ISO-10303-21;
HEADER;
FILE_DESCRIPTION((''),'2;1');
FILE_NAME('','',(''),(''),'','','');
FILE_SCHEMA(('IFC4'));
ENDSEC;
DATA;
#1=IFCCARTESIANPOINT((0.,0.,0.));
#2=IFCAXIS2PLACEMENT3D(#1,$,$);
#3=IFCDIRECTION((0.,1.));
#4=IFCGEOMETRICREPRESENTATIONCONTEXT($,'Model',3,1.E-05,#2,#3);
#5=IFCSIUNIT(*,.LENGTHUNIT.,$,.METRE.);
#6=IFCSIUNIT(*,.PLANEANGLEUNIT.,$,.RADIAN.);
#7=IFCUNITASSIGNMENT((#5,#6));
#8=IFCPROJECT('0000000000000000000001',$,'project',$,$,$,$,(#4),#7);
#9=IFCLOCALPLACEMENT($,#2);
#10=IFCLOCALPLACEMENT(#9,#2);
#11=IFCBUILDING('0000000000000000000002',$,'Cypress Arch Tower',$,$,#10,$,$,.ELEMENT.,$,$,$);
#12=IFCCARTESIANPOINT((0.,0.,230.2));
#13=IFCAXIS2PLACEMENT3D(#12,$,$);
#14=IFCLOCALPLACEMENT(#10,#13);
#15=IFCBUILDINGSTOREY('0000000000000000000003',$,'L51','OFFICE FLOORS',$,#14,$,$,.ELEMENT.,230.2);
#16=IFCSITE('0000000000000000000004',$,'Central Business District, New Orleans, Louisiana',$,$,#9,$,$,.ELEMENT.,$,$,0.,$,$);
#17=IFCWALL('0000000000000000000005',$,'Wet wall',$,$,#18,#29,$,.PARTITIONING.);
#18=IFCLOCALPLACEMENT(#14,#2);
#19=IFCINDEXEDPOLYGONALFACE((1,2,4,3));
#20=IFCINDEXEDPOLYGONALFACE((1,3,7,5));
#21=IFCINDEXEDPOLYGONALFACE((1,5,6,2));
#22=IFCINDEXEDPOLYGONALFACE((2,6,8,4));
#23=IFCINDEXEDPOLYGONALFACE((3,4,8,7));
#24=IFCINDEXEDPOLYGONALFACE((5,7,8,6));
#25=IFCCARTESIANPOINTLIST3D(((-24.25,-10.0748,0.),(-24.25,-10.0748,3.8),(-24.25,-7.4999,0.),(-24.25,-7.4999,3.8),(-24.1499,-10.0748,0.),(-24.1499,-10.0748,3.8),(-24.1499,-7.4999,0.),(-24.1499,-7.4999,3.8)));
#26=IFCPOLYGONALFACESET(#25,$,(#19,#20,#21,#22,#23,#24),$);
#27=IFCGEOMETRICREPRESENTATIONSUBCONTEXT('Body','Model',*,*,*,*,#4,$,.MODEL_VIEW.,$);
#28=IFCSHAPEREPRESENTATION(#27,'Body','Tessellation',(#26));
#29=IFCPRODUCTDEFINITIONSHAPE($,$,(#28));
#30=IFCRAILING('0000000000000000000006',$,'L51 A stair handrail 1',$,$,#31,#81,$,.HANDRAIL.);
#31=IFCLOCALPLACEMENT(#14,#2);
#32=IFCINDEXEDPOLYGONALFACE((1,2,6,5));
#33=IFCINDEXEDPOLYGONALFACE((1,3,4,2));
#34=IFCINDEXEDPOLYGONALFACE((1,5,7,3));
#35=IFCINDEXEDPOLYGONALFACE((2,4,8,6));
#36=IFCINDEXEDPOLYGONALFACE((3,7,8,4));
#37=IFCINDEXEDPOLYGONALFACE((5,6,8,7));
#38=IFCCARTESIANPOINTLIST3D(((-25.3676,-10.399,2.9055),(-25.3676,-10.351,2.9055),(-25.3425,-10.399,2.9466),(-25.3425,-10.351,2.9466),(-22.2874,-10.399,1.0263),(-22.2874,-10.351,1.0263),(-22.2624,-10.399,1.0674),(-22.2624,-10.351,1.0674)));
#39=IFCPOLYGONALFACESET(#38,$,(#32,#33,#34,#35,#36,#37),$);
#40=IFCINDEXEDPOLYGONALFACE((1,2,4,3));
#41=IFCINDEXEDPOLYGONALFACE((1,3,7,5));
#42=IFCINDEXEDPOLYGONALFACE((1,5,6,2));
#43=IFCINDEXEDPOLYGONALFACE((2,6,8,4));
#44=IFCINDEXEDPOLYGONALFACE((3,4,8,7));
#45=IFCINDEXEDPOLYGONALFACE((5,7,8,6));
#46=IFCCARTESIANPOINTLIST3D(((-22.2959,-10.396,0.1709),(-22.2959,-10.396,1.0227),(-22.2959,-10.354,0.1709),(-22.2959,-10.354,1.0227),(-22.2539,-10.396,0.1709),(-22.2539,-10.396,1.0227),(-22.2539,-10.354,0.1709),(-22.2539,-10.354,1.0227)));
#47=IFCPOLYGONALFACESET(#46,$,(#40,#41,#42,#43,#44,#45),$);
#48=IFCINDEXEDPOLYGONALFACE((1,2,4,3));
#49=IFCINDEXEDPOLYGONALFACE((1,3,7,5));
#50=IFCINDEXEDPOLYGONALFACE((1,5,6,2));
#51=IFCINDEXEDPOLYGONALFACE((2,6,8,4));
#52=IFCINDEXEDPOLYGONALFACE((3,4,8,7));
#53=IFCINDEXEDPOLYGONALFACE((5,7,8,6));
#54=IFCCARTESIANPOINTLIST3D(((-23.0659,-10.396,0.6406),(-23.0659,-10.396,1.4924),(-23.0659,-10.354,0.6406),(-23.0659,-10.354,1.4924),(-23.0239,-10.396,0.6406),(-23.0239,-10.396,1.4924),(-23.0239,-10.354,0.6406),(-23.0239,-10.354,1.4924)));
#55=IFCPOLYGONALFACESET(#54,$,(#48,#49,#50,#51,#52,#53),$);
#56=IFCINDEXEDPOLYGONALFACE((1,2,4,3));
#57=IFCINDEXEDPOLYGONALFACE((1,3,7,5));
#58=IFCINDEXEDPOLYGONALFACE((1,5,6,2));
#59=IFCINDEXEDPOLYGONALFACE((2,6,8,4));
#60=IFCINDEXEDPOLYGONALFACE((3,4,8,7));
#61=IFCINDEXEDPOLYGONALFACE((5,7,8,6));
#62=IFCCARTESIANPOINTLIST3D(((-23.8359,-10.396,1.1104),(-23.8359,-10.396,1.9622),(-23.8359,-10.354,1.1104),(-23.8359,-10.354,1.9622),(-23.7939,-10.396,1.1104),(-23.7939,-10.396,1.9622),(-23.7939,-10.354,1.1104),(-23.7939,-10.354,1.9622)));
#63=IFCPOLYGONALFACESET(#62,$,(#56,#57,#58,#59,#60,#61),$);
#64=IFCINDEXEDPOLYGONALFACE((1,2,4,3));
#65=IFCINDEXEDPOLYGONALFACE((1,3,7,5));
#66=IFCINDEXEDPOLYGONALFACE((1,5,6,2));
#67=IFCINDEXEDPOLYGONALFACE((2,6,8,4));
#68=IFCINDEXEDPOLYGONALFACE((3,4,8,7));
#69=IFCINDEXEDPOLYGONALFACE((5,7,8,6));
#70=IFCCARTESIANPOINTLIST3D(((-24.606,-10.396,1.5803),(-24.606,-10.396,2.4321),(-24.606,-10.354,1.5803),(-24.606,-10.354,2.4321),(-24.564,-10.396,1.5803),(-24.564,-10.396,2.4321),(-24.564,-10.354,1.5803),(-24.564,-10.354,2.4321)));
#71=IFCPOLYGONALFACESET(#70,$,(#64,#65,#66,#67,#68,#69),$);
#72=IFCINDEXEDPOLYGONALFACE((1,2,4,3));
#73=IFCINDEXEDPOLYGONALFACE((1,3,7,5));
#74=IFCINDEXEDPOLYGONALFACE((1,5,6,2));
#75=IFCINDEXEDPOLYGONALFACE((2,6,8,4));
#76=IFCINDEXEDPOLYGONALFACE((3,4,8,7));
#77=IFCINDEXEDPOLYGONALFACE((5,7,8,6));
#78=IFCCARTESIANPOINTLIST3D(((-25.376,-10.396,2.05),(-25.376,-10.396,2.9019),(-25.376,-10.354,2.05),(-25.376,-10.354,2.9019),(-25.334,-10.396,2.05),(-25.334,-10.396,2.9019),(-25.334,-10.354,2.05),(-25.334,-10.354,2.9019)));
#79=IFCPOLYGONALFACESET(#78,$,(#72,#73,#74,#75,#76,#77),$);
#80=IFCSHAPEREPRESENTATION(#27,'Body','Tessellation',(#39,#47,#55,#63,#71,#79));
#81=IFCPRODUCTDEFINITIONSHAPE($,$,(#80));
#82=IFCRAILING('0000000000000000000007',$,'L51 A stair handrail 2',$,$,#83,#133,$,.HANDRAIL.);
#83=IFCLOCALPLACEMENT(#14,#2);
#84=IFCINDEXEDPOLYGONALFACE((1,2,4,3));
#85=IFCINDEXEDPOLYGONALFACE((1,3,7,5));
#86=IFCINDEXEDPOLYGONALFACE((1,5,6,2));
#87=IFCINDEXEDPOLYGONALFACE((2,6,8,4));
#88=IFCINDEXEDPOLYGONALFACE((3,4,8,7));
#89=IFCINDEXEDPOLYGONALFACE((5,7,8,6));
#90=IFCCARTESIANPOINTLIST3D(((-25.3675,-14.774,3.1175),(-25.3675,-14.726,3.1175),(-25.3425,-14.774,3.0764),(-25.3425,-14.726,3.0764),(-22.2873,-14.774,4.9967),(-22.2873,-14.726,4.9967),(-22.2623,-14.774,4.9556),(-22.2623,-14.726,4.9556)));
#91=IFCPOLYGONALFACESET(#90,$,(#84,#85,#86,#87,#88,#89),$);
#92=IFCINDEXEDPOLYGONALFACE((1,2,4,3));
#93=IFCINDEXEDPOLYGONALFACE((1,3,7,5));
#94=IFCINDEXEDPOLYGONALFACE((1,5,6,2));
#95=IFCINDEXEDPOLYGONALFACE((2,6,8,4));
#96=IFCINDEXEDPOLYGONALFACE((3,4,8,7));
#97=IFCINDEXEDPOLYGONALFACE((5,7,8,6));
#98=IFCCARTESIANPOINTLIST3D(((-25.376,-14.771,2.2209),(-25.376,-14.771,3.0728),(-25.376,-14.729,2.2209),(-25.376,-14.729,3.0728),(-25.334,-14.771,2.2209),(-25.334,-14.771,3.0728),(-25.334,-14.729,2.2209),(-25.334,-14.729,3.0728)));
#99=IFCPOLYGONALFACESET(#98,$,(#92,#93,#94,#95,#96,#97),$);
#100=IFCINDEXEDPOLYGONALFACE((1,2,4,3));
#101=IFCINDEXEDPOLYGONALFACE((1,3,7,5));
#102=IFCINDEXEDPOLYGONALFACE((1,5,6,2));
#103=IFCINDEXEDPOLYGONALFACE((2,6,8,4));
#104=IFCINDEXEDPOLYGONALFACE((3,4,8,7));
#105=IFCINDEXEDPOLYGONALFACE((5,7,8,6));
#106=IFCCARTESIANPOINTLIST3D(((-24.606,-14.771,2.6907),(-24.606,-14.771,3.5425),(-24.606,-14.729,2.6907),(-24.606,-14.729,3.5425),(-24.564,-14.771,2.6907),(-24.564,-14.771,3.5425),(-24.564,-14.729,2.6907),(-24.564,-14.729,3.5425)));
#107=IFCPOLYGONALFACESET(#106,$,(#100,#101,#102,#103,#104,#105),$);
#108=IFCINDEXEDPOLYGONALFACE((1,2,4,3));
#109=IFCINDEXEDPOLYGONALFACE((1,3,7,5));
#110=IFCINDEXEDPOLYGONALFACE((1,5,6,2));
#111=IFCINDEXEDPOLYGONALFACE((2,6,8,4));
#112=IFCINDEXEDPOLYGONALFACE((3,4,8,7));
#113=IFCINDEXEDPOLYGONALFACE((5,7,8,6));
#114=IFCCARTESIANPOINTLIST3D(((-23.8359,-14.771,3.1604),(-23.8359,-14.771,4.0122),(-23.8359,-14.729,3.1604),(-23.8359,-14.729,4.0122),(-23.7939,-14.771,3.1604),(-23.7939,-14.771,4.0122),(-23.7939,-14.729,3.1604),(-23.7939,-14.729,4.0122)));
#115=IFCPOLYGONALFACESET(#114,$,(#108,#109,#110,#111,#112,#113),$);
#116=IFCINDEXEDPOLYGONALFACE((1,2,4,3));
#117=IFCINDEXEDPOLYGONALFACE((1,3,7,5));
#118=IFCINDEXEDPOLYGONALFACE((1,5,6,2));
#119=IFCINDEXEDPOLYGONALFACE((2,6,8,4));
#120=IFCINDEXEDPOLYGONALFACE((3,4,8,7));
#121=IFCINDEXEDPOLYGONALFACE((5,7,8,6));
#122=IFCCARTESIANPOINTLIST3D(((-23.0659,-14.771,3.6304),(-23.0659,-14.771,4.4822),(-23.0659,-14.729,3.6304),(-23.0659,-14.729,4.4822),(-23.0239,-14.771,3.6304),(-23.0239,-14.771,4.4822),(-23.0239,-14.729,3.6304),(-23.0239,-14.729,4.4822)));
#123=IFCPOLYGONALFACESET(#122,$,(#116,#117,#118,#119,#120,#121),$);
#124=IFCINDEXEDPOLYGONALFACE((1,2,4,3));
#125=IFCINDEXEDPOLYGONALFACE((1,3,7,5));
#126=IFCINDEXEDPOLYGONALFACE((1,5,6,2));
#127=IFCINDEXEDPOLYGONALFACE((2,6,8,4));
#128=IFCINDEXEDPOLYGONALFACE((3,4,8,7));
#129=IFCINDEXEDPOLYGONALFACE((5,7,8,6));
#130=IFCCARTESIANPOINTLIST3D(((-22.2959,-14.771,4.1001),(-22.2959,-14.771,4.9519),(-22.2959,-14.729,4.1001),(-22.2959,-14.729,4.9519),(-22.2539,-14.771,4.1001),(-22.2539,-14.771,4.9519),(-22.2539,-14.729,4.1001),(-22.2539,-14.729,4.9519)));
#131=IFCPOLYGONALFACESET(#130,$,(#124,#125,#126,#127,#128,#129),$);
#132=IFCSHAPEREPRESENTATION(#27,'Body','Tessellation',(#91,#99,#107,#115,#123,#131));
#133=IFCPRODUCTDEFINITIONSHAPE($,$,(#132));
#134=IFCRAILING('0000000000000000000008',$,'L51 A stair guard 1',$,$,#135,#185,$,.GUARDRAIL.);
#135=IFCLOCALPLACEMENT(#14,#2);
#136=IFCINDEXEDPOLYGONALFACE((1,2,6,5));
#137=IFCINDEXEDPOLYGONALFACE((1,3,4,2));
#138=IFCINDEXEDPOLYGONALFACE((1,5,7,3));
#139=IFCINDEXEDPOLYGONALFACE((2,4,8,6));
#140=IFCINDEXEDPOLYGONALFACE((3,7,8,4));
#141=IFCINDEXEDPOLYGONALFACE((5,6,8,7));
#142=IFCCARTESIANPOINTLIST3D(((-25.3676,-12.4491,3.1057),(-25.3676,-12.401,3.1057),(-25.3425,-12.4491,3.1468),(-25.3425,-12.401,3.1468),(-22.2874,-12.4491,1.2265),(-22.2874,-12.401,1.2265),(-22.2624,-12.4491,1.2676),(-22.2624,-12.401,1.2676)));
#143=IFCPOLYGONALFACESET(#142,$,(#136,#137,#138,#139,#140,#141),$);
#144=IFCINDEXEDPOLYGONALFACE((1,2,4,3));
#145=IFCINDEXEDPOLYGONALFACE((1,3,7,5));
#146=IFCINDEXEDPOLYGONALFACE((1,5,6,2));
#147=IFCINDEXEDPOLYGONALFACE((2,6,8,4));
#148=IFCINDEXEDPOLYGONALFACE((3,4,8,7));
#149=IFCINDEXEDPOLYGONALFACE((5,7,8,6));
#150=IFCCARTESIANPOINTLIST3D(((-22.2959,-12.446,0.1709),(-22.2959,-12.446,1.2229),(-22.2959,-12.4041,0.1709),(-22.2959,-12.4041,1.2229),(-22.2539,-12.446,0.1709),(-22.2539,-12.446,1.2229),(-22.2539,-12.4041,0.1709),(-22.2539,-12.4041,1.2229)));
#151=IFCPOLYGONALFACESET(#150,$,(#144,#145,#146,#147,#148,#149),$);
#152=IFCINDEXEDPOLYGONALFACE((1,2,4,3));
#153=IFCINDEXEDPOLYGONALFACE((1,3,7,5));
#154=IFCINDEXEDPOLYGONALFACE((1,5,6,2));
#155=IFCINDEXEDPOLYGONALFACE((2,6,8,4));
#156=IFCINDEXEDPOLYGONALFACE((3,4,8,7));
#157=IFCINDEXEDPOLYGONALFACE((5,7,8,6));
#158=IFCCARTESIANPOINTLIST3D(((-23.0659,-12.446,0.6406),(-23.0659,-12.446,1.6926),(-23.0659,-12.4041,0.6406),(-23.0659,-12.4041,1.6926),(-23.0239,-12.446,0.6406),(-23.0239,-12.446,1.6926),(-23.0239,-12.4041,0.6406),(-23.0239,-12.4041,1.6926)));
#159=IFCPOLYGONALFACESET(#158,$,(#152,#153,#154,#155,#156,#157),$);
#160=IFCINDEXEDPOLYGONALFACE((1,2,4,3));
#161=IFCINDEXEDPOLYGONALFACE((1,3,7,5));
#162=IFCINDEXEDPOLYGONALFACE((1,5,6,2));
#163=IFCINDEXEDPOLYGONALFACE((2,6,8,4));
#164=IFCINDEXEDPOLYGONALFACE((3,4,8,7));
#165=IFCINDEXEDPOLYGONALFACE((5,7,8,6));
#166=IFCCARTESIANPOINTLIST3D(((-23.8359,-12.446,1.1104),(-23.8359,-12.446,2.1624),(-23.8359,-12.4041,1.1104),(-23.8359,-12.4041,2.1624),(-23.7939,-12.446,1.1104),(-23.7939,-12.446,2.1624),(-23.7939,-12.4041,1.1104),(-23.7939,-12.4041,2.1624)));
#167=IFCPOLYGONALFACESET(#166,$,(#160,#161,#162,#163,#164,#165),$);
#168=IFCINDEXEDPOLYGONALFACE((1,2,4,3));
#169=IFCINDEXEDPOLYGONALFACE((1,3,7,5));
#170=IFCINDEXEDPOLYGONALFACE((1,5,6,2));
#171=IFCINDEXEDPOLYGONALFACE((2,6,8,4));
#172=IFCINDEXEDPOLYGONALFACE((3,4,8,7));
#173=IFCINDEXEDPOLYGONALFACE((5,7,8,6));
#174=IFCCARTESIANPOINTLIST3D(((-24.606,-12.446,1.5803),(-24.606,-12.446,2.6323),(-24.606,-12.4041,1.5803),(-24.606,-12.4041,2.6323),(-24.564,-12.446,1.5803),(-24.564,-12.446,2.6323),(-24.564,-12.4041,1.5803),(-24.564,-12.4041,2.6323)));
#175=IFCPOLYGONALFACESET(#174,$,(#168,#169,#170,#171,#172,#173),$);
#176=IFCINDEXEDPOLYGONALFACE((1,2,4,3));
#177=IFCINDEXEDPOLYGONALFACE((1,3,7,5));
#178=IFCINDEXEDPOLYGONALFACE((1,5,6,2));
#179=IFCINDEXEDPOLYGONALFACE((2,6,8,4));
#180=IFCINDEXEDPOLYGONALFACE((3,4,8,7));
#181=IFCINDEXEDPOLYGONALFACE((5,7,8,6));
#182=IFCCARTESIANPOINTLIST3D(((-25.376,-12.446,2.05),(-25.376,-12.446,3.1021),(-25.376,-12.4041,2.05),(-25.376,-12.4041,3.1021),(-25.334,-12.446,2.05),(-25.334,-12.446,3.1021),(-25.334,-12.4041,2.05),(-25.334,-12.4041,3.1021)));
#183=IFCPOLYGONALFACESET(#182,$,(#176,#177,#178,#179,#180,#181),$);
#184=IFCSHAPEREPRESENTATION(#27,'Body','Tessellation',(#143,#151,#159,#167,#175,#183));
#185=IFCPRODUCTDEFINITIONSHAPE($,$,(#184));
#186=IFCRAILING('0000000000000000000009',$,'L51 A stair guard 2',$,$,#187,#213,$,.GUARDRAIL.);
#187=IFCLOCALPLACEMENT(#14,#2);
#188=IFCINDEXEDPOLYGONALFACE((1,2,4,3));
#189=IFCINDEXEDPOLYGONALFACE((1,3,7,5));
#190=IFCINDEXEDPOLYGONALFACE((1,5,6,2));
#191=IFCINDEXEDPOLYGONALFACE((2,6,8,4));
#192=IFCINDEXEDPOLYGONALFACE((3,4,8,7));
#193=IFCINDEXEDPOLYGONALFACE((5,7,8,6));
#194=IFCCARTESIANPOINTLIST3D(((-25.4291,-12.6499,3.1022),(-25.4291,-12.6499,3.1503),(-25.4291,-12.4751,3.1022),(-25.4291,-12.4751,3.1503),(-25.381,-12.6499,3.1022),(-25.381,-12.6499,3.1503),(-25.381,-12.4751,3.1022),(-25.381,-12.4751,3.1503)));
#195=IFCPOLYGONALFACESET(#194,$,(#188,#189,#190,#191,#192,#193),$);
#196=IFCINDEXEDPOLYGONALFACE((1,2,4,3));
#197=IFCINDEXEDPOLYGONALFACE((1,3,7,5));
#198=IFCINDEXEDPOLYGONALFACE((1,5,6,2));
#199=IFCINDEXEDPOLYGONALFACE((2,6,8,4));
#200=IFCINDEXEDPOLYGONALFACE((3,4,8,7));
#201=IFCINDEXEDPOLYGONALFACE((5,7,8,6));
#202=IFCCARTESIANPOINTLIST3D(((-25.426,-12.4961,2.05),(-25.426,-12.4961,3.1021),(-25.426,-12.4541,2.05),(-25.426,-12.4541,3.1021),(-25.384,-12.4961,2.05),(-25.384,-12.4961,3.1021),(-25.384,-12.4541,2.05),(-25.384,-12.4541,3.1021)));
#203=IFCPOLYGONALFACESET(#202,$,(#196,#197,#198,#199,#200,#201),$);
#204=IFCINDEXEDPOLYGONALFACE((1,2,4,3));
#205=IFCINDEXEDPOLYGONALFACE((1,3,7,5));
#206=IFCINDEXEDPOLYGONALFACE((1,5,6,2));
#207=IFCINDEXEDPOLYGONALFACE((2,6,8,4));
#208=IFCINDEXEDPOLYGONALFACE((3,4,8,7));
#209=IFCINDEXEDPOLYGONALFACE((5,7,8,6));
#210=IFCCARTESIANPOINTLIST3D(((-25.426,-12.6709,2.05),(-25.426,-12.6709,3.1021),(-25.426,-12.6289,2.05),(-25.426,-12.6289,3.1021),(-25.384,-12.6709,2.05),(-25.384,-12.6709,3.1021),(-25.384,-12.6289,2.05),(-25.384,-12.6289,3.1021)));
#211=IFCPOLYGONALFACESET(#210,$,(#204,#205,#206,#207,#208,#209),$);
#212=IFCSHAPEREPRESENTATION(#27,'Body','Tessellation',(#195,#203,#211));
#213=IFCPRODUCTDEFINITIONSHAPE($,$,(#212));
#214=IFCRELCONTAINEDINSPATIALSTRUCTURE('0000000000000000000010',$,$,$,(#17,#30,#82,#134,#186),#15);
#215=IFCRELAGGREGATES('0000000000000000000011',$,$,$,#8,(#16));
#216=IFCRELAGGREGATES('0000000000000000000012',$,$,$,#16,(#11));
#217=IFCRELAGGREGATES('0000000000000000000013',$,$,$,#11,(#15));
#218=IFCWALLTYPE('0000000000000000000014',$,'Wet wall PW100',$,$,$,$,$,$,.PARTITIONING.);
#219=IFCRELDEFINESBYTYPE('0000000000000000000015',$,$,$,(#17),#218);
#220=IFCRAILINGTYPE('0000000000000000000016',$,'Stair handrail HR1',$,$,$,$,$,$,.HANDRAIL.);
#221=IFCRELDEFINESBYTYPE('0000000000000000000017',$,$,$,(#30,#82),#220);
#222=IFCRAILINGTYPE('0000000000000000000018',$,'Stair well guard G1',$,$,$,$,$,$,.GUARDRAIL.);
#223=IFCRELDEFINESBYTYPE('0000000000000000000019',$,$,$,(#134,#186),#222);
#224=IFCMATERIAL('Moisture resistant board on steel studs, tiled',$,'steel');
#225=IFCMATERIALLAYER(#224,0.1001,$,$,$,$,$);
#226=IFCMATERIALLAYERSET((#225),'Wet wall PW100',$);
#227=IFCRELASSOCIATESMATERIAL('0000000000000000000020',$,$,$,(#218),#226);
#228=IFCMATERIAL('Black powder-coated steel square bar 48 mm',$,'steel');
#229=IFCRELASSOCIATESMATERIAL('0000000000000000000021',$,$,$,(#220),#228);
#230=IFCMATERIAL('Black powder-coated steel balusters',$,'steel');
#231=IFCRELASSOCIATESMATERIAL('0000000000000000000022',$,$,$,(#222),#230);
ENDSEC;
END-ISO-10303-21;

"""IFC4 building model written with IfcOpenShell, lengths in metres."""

from ifc_helpers import new_model, si_unit, direction, frame, frame_2d, origin, origin_2d, place, context, subcontext, project, spatial, rectangle, extrude, material, layer, layer_set, type_object, element, save


model = new_model("IFC4")

# Units and contexts
model_context = context("Model", 3, precision=1e-05, world=origin(), true_north=direction((0.0, 1.0)))
body_context = subcontext(model_context, "Body", "Model", "MODEL_VIEW")
ifc_project = project(units=[si_unit("LENGTHUNIT", "METRE"), si_unit("PLANEANGLEUNIT", "RADIAN")], contexts=[model_context])

# Site, building, storey
site_placement = place(None, origin())
site = spatial("IfcSite", under=ifc_project, at=site_placement, Name="Central Business District, New Orleans, Louisiana", CompositionType="ELEMENT", RefElevation=0.0)
building_placement = place(site_placement, origin())
building = spatial("IfcBuilding", under=site, at=building_placement, Name="Cypress Arch Tower", CompositionType="ELEMENT")
storey_placement = place(building_placement, frame((0.0, 0.0, 230.2)))
storey = spatial("IfcBuildingStorey", under=building, at=storey_placement, Name="L51", Description="OFFICE FLOORS", CompositionType="ELEMENT", Elevation=230.2)

# Wall
ifc_material_1 = material(Name="Moisture resistant board on steel studs, tiled", Category="steel")
ifc_layer_1 = layer(ifc_material_1, 0.1001)
ifc_layer_set_1 = layer_set([ifc_layer_1], Name="Wet wall PW100")
wall_type_1 = type_object("IfcWallType", Name="Wet wall PW100", PredefinedType="PARTITIONING", material=ifc_layer_set_1)
wall_1_placement = place(storey_placement, frame((-24.2, -10.075, 0.0), z_axis=(0.0, 0.0, 1.0), x_axis=(0.0, 1.0, 0.0)))
element("IfcWall", 1, at=wall_1_placement, inside=storey, type_object=wall_type_1, Name="Wet wall", PredefinedType="PARTITIONING", context=body_context, shape_type="SweptSolid", body=[
    extrude(rectangle(XDim=2.575, YDim=0.1001, at=frame_2d((1.2876, 0.0))), origin(), (0.0, 0.0, 1.0), 3.8),
])

# Railings
ifc_material_2 = material(Name="Black powder-coated steel square bar 48 mm", Category="steel")
railing_type_1 = type_object("IfcRailingType", Name="Stair handrail HR1", PredefinedType="HANDRAIL", material=ifc_material_2)
railing_1_placement = place(storey_placement, frame((-22.2749, -10.375, 0.1709)))
element("IfcRailing", 2, at=railing_1_placement, inside=storey, type_object=railing_type_1, Name="L51 A stair handrail 1", PredefinedType="HANDRAIL", context=body_context, shape_type="SweptSolid", body=[
    extrude(rectangle(XDim=0.0481, YDim=0.0481, at=origin_2d()), frame((0.0, 0.0, 0.876), z_axis=(-0.853666, 0.0, 0.52082), x_axis=(0.0, -1.0, 0.0)), (0.0, 0.0, 1.0), 3.6082),
    extrude(rectangle(XDim=0.042, YDim=0.042, at=origin_2d()), origin(), (0.0, 0.0, 1.0), 0.8518),
    extrude(rectangle(XDim=0.042, YDim=0.042, at=origin_2d()), frame((-0.77, 0.0, 0.4697)), (0.0, 0.0, 1.0), 0.8518),
    extrude(rectangle(XDim=0.042, YDim=0.042, at=origin_2d()), frame((-1.54, 0.0, 0.9395)), (0.0, 0.0, 1.0), 0.8518),
    extrude(rectangle(XDim=0.042, YDim=0.042, at=origin_2d()), frame((-2.3101, 0.0, 1.4094)), (0.0, 0.0, 1.0), 0.8518),
    extrude(rectangle(XDim=0.042, YDim=0.042, at=origin_2d()), frame((-3.0801, 0.0, 1.8792)), (0.0, 0.0, 1.0), 0.8518),
])
railing_2_placement = place(storey_placement, frame((-25.355, -14.75, 2.2209)))
element("IfcRailing", 3, at=railing_2_placement, inside=storey, type_object=railing_type_1, Name="L51 A stair handrail 2", PredefinedType="HANDRAIL", context=body_context, shape_type="SweptSolid", body=[
    extrude(rectangle(XDim=0.0481, YDim=0.0481, at=origin_2d()), frame((0.0, 0.0, 0.876), z_axis=(0.853666, 0.0, 0.52082), x_axis=(0.0, 1.0, 0.0)), (0.0, 0.0, 1.0), 3.6082),
    extrude(rectangle(XDim=0.042, YDim=0.042, at=origin_2d()), origin(), (0.0, 0.0, 1.0), 0.8518),
    extrude(rectangle(XDim=0.042, YDim=0.042, at=origin_2d()), frame((0.77, 0.0, 0.4697)), (0.0, 0.0, 1.0), 0.8518),
    extrude(rectangle(XDim=0.042, YDim=0.042, at=origin_2d()), frame((1.54, 0.0, 0.9395)), (0.0, 0.0, 1.0), 0.8518),
    extrude(rectangle(XDim=0.042, YDim=0.042, at=origin_2d()), frame((2.3101, 0.0, 1.4094)), (0.0, 0.0, 1.0), 0.8518),
    extrude(rectangle(XDim=0.042, YDim=0.042, at=origin_2d()), frame((3.0801, 0.0, 1.8792)), (0.0, 0.0, 1.0), 0.8518),
])
ifc_material_3 = material(Name="Black powder-coated steel balusters", Category="steel")
railing_type_2 = type_object("IfcRailingType", Name="Stair well guard G1", PredefinedType="GUARDRAIL", material=ifc_material_3)
railing_3_placement = place(storey_placement, frame((-22.2749, -12.425, 0.1709)))
element("IfcRailing", 4, at=railing_3_placement, inside=storey, type_object=railing_type_2, Name="L51 A stair guard 1", PredefinedType="GUARDRAIL", context=body_context, shape_type="SweptSolid", body=[
    extrude(rectangle(XDim=0.0481, YDim=0.0481, at=origin_2d()), frame((0.0, 0.0, 1.0762), z_axis=(-0.853666, 0.0, 0.52082), x_axis=(0.0, -1.0, 0.0)), (0.0, 0.0, 1.0), 3.6082),
    extrude(rectangle(XDim=0.042, YDim=0.042, at=origin_2d()), origin(), (0.0, 0.0, 1.0), 1.052),
    extrude(rectangle(XDim=0.042, YDim=0.042, at=origin_2d()), frame((-0.77, 0.0, 0.4697)), (0.0, 0.0, 1.0), 1.052),
    extrude(rectangle(XDim=0.042, YDim=0.042, at=origin_2d()), frame((-1.54, 0.0, 0.9395)), (0.0, 0.0, 1.0), 1.052),
    extrude(rectangle(XDim=0.042, YDim=0.042, at=origin_2d()), frame((-2.3101, 0.0, 1.4094)), (0.0, 0.0, 1.0), 1.052),
    extrude(rectangle(XDim=0.042, YDim=0.042, at=origin_2d()), frame((-3.0801, 0.0, 1.8792)), (0.0, 0.0, 1.0), 1.052),
])
railing_4_placement = place(storey_placement, frame((-25.405, -12.4751, 2.05)))
element("IfcRailing", 5, at=railing_4_placement, inside=storey, type_object=railing_type_2, Name="L51 A stair guard 2", PredefinedType="GUARDRAIL", context=body_context, shape_type="SweptSolid", body=[
    extrude(rectangle(XDim=0.0481, YDim=0.0481, at=origin_2d()), frame((0.0, 0.0, 1.0762), z_axis=(0.0, -1.0, 0.0), x_axis=(1.0, 0.0, 0.0)), (0.0, 0.0, 1.0), 0.1748),
    extrude(rectangle(XDim=0.042, YDim=0.042, at=origin_2d()), origin(), (0.0, 0.0, 1.0), 1.052),
    extrude(rectangle(XDim=0.042, YDim=0.042, at=origin_2d()), frame((0.0, -0.1748, 0.0)), (0.0, 0.0, 1.0), 1.052),
])

save(model, "model.ifc")
